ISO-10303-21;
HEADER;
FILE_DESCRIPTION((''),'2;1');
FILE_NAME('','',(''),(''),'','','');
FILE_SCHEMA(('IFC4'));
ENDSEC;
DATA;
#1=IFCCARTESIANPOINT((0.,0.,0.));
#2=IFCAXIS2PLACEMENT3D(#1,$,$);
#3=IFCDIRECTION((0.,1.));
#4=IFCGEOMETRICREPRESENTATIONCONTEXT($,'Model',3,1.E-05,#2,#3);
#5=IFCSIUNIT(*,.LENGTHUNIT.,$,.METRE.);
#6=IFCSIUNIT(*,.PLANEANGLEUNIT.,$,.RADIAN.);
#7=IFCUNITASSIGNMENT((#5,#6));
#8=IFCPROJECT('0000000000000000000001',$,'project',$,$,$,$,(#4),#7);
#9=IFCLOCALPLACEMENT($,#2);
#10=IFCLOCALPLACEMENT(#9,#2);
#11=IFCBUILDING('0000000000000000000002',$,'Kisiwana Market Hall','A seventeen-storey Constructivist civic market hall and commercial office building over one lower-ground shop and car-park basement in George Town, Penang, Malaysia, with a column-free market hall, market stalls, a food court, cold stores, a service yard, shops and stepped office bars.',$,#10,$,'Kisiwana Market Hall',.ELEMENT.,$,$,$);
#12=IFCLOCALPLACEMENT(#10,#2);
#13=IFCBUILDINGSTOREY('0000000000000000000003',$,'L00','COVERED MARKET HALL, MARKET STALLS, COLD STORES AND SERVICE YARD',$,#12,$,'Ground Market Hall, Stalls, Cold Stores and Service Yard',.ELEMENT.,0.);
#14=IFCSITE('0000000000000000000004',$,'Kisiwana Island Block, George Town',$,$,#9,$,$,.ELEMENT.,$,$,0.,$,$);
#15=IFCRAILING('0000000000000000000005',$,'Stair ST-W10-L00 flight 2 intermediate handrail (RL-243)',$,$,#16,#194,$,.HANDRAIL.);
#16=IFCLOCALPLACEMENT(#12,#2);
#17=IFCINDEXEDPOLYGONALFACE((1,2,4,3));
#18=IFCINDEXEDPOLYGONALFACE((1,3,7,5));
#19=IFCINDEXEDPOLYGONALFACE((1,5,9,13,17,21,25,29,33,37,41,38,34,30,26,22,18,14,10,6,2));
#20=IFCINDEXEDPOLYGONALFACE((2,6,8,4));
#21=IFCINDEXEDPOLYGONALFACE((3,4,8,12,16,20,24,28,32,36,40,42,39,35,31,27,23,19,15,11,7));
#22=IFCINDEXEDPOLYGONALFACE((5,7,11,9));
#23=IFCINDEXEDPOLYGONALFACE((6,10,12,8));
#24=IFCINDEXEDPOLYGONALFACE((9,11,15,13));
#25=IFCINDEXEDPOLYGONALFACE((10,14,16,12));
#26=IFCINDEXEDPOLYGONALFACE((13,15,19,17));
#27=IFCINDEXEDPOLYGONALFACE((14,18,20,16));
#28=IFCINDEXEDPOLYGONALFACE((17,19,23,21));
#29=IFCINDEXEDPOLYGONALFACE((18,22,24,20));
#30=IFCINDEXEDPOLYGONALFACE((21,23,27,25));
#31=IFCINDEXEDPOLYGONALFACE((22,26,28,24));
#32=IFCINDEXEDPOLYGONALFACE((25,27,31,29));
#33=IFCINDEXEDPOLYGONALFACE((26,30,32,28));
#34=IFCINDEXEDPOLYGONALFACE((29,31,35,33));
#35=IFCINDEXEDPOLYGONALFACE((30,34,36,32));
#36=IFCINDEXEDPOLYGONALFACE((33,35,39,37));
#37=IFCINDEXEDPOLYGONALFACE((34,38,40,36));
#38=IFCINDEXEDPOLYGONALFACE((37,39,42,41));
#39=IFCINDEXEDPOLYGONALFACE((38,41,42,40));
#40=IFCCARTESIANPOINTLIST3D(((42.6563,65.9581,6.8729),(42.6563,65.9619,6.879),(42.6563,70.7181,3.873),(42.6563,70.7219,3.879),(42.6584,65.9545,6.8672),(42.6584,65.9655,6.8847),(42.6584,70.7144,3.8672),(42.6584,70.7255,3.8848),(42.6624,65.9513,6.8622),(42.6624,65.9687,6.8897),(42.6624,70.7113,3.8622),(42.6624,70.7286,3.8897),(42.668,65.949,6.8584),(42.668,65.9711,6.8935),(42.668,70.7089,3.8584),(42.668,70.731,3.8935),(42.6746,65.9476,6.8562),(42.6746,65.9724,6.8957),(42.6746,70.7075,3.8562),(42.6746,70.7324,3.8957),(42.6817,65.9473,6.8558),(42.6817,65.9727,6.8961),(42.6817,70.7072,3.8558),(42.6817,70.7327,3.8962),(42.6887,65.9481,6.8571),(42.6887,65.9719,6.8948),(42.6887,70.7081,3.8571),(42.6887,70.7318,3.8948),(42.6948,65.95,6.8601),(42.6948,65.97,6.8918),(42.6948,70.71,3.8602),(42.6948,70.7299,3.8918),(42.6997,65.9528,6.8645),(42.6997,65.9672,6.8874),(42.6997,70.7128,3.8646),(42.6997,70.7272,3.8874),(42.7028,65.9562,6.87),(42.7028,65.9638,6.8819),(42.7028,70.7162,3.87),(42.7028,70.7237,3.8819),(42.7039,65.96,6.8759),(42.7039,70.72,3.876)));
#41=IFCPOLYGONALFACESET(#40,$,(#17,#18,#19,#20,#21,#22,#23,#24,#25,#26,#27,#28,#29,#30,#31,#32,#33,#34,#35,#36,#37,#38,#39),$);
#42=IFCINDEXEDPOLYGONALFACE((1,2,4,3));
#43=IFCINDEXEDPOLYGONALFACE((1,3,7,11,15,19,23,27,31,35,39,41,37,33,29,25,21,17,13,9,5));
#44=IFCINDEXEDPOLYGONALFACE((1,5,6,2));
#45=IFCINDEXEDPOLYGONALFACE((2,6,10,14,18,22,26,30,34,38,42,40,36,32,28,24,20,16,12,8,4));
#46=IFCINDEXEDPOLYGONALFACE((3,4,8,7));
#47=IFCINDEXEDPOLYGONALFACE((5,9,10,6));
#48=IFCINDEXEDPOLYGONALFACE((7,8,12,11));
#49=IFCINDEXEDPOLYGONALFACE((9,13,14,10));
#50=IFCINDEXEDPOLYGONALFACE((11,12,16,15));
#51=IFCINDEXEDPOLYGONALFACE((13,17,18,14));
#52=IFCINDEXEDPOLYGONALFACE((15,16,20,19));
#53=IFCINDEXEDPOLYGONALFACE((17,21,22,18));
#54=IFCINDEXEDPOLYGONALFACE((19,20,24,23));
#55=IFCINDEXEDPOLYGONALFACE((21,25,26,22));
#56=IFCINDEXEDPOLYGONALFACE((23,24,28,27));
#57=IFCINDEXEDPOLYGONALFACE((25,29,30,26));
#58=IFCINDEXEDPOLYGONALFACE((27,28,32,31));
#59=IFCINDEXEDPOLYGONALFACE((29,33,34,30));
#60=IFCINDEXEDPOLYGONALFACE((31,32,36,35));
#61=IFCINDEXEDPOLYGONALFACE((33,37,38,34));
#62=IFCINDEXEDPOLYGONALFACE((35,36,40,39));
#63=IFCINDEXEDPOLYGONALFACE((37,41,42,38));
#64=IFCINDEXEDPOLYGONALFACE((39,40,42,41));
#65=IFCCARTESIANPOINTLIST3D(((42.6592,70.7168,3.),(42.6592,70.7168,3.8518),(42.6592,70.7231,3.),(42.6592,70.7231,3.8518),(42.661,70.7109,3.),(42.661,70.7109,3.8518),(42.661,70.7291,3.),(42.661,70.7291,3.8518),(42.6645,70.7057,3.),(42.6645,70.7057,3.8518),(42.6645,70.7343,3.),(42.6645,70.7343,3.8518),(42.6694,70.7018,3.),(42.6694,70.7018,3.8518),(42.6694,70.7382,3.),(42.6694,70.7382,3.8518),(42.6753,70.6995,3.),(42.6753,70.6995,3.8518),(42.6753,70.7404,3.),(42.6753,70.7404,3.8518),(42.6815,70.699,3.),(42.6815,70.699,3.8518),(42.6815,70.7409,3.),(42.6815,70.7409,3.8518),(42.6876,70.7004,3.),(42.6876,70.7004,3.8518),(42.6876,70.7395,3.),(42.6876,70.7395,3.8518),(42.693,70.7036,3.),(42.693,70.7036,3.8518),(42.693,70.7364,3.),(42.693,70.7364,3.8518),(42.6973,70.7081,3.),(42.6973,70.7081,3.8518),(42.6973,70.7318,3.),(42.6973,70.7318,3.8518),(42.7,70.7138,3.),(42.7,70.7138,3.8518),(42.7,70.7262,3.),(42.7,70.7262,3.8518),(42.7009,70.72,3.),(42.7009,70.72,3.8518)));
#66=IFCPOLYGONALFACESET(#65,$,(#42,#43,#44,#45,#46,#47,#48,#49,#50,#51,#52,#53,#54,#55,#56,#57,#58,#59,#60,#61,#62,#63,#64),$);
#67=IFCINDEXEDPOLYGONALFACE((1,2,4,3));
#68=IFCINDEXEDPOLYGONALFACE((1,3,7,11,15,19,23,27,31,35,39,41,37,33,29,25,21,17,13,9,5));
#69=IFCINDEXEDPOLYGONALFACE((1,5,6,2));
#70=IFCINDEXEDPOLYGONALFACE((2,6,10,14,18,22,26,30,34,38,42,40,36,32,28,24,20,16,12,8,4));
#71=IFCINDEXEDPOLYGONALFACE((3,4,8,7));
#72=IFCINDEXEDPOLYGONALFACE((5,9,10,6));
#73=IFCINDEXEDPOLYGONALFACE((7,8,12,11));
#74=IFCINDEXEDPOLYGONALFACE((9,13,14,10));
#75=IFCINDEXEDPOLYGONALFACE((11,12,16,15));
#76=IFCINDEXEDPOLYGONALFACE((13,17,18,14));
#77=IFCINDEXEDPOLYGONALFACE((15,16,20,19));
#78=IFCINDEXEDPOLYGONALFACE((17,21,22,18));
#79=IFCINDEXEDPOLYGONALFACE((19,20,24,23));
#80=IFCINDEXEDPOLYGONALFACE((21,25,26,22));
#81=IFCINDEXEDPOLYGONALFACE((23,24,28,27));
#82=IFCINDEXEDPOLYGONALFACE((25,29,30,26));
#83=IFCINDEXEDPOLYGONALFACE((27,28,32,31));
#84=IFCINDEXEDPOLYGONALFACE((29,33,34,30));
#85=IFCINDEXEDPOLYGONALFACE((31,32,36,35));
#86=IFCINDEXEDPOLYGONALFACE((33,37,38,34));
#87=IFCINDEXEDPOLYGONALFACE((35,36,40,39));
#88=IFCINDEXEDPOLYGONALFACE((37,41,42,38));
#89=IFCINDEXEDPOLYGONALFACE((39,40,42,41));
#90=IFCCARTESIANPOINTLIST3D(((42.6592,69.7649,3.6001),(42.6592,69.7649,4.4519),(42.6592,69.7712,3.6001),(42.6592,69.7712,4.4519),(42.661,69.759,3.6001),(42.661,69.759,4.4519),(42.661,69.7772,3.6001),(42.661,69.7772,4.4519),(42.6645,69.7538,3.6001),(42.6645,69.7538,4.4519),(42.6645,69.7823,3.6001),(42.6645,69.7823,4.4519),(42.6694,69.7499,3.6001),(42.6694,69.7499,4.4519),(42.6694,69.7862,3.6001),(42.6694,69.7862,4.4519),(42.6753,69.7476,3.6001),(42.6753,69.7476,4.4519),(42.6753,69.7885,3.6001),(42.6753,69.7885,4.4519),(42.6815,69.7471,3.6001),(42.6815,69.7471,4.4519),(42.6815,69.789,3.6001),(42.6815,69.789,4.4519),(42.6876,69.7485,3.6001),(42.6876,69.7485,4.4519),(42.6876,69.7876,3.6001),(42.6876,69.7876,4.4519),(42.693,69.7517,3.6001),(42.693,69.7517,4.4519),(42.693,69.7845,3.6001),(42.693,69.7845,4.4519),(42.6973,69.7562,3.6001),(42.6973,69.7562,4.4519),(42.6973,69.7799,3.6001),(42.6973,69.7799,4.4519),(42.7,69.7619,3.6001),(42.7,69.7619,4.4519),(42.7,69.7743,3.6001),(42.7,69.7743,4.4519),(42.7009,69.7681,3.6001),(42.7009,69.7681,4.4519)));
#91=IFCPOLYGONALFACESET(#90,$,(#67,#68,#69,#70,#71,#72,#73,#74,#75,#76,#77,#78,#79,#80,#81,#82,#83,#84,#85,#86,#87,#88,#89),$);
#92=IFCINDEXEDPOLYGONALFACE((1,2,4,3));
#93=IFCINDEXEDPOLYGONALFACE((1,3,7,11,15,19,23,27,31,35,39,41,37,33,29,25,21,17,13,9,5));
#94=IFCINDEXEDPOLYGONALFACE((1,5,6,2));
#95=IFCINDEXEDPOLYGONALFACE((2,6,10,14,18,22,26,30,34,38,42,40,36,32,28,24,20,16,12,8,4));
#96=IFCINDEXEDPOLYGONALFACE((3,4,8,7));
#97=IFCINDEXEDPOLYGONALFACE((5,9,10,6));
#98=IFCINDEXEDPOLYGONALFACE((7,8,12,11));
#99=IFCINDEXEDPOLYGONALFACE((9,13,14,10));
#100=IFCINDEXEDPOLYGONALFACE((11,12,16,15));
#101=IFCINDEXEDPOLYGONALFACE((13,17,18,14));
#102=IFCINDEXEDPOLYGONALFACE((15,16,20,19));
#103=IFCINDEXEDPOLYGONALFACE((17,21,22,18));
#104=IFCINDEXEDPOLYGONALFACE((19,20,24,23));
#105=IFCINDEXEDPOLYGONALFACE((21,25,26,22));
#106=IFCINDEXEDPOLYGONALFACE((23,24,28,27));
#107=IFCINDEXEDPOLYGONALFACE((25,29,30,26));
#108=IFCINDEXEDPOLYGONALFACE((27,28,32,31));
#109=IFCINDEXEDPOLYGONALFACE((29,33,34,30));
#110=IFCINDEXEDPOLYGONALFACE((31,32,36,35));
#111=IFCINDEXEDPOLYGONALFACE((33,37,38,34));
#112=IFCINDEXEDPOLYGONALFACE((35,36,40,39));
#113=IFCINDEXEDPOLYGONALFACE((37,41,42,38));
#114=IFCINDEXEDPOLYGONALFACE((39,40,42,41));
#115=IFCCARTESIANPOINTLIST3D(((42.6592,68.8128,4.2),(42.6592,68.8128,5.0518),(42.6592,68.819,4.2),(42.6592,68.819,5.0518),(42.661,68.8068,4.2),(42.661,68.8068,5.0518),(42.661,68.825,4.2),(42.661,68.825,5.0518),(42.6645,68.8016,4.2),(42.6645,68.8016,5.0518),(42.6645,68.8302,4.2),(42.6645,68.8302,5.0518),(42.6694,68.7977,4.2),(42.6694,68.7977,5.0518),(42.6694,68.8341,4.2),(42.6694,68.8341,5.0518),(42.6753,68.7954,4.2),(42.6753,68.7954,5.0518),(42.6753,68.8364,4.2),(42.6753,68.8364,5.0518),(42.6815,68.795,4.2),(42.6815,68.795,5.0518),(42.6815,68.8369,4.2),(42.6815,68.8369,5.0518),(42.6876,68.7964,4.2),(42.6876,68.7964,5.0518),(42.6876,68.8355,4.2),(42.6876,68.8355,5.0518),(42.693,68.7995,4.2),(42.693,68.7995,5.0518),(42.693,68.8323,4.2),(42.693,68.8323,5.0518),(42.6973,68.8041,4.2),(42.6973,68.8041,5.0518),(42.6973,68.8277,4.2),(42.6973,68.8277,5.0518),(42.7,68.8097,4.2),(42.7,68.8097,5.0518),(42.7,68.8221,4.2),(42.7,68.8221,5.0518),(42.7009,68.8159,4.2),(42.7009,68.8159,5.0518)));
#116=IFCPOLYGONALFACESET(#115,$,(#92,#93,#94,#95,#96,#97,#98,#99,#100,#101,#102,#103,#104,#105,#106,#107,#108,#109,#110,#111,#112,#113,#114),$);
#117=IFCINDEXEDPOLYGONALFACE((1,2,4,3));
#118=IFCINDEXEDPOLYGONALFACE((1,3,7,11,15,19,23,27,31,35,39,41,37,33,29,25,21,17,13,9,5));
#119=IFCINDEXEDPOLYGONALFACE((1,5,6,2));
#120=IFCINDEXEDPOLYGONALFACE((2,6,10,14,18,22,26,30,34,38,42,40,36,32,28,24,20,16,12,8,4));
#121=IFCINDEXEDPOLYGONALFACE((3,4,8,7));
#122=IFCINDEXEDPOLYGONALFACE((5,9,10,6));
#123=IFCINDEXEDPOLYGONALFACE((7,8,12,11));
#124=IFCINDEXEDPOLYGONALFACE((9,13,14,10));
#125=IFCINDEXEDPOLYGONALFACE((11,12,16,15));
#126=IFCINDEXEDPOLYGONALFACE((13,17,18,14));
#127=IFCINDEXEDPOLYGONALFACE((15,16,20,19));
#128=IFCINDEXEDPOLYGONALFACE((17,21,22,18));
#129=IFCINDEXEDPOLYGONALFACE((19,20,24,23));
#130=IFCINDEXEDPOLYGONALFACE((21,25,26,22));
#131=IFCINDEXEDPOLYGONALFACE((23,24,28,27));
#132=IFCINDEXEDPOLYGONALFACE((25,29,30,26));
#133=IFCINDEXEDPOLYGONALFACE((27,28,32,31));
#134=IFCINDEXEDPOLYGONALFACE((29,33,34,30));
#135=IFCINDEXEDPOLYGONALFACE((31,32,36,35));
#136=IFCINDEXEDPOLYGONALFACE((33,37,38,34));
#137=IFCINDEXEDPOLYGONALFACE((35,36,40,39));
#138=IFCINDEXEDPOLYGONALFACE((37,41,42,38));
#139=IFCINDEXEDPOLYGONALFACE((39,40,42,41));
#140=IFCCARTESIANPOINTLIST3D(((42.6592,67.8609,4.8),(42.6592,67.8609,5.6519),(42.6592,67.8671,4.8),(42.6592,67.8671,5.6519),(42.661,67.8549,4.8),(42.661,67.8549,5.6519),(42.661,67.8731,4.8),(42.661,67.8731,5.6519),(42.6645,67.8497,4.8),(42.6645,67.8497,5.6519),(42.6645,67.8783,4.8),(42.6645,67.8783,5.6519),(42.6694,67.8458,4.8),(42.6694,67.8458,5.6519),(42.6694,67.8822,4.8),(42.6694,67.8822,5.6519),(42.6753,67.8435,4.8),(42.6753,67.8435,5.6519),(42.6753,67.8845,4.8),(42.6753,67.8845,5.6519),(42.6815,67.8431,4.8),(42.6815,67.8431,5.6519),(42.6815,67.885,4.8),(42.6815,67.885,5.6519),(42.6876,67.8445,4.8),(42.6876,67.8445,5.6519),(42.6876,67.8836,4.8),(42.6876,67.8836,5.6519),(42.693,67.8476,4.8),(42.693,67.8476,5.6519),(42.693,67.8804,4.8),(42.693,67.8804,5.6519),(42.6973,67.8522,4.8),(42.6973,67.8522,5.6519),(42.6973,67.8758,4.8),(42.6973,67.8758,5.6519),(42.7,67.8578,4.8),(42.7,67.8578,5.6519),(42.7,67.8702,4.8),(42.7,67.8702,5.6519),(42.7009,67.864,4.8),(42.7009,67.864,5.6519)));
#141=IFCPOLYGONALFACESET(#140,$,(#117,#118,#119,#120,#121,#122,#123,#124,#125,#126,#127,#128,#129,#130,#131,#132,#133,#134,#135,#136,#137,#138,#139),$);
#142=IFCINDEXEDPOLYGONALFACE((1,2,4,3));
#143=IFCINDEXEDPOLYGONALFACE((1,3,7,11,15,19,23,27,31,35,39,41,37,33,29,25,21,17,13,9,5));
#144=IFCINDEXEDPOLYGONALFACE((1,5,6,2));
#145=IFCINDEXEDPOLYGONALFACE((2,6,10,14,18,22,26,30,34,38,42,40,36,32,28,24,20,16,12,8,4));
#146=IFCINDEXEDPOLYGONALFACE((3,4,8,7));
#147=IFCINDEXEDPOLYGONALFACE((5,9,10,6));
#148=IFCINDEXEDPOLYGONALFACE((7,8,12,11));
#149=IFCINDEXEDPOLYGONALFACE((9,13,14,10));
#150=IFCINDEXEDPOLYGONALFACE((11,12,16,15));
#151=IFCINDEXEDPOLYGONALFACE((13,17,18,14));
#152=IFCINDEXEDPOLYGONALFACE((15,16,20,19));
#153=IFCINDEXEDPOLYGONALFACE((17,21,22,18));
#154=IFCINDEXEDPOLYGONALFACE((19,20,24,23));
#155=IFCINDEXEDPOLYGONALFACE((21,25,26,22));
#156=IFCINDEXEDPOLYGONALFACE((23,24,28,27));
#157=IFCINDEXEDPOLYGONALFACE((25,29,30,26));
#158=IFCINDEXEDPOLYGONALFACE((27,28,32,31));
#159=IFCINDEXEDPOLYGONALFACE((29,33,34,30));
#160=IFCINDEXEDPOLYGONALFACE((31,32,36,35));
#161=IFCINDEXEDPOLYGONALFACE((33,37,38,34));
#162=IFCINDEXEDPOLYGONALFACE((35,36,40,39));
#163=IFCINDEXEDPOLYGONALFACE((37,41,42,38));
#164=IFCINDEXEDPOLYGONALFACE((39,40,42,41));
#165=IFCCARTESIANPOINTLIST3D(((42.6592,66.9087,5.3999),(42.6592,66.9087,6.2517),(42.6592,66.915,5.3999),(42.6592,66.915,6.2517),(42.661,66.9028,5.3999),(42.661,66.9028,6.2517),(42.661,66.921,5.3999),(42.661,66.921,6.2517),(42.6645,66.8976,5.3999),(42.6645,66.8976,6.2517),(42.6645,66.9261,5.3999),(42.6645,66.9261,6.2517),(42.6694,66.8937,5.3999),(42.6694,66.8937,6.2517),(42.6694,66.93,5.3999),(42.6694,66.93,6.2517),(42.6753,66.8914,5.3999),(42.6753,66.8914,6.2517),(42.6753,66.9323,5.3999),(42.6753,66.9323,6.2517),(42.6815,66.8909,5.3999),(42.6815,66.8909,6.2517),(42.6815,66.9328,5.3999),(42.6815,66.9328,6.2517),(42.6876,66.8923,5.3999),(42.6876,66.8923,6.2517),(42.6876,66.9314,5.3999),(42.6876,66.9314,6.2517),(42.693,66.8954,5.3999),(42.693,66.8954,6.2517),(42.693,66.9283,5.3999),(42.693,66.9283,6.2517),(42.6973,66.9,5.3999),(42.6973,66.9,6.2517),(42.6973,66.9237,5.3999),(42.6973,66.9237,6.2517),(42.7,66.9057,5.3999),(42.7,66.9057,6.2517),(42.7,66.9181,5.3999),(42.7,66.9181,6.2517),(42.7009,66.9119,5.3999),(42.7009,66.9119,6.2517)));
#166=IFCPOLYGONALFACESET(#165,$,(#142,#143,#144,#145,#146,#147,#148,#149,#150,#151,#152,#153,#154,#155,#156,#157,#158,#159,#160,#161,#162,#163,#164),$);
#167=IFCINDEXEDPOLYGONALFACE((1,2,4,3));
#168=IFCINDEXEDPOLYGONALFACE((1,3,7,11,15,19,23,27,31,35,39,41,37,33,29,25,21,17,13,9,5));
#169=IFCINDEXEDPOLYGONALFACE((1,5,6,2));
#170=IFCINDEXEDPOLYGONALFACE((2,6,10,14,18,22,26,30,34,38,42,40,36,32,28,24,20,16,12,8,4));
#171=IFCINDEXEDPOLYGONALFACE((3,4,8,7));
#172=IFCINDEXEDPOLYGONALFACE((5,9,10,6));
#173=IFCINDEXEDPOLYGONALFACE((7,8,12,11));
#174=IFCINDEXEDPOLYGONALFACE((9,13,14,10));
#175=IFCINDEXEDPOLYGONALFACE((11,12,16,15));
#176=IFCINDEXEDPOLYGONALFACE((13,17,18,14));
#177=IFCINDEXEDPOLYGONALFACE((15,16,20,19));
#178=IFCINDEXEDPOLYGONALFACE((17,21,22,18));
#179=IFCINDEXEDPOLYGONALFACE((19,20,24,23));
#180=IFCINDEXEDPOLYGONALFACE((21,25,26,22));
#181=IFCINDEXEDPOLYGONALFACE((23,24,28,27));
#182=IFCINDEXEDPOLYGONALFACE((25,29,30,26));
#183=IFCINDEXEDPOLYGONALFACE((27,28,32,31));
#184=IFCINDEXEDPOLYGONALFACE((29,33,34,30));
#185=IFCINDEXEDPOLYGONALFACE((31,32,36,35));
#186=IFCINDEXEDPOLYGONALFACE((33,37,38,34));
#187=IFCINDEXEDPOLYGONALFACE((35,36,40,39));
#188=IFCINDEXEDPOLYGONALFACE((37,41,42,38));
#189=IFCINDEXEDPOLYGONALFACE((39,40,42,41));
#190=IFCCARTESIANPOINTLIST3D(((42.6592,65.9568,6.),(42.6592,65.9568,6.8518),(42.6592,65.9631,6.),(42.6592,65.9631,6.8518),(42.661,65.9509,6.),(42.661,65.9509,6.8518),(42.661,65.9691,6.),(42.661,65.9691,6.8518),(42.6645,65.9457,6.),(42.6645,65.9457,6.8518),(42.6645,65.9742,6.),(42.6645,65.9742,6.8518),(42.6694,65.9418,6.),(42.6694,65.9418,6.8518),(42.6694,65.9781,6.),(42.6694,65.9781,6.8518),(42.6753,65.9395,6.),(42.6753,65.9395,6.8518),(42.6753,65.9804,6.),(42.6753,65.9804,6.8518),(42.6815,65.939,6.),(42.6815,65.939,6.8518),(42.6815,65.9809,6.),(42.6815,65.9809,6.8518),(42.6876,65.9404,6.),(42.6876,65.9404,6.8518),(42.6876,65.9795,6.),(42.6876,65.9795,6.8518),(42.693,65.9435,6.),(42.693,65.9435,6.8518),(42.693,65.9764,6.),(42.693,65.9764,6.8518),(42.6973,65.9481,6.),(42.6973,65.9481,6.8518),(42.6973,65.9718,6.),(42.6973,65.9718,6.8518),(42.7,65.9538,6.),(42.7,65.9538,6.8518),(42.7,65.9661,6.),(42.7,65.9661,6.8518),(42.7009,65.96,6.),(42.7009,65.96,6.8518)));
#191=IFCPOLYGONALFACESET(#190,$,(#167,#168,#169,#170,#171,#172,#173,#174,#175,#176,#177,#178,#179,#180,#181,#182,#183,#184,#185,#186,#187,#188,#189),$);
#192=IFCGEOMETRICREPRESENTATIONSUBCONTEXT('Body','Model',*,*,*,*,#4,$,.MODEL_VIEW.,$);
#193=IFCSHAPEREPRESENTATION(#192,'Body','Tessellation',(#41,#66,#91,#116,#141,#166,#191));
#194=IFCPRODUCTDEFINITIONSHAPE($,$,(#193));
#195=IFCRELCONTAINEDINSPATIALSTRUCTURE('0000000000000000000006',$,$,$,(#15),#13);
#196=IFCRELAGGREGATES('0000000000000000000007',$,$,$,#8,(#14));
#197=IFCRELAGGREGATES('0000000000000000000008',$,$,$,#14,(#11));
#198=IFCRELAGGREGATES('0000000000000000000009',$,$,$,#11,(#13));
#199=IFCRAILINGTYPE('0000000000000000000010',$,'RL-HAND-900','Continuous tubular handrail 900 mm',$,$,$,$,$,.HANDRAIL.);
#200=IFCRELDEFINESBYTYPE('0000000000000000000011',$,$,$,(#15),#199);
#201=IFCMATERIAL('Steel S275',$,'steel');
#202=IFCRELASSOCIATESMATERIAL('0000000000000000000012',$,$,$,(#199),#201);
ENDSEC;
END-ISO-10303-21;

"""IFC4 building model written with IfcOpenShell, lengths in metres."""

from ifc_helpers import new_model, si_unit, direction, frame, origin, origin_2d, place, context, subcontext, project, spatial, circle, extrude, material, type_object, element, save


model = new_model("IFC4")

# Units and contexts
model_context = context("Model", 3, precision=1e-05, world=origin(), true_north=direction((0.0, 1.0)))
body_context = subcontext(model_context, "Body", "Model", "MODEL_VIEW")
ifc_project = project(units=[si_unit("LENGTHUNIT", "METRE"), si_unit("PLANEANGLEUNIT", "RADIAN")], contexts=[model_context])

# Site, building, storey
site_placement = place(None, origin())
site = spatial("IfcSite", under=ifc_project, at=site_placement, Name="Kisiwana Island Block, George Town", CompositionType="ELEMENT", RefElevation=0.0)
building_placement = place(site_placement, origin())
building = spatial("IfcBuilding", under=site, at=building_placement, Name="Kisiwana Market Hall", Description="A seventeen-storey Constructivist civic market hall and commercial office building over one lower-ground shop and car-park basement in George Town, Penang, Malaysia, with a column-free market hall, market stalls, a food court, cold stores, a service yard, shops and stepped office bars.", LongName="Kisiwana Market Hall", CompositionType="ELEMENT")
storey_placement = place(building_placement, origin())
storey = spatial("IfcBuildingStorey", under=building, at=storey_placement, Name="L00", Description="COVERED MARKET HALL, MARKET STALLS, COLD STORES AND SERVICE YARD", LongName="Ground Market Hall, Stalls, Cold Stores and Service Yard", CompositionType="ELEMENT", Elevation=0.0)

# Railing
ifc_material_1 = material(Name="Steel S275", Category="steel")
railing_type = type_object("IfcRailingType", Name="RL-HAND-900", Description="Continuous tubular handrail 900 mm", PredefinedType="HANDRAIL", material=ifc_material_1)
for number, where, name in (
    (1, (42.6799, 70.72, 3.0), "Stair ST-W10-L00 flight 2 intermediate handrail (RL-243)"),
):
    element("IfcRailing", number, at=place(storey_placement, frame(where)), inside=storey, type_object=railing_type, Name=name, PredefinedType="HANDRAIL", context=body_context, shape_type="SweptSolid", body=[
        extrude(circle(Radius=0.0239, at=origin_2d()), frame((0.0, 0.0, 0.876), z_axis=(0.0, -0.845996, 0.53319), x_axis=(1.0, 0.0, 0.0)), (0.0, 0.0, 1.0), 5.6265),
        extrude(circle(Radius=0.021, at=origin_2d()), origin(), (0.0, 0.0, 1.0), 0.8518),
        extrude(circle(Radius=0.021, at=origin_2d()), frame((0.0, -0.9519, 0.6001)), (0.0, 0.0, 1.0), 0.8518),
        extrude(circle(Radius=0.021, at=origin_2d()), frame((0.0, -1.9041, 1.2)), (0.0, 0.0, 1.0), 0.8518),
        extrude(circle(Radius=0.021, at=origin_2d()), frame((0.0, -2.856, 1.8)), (0.0, 0.0, 1.0), 0.8518),
        extrude(circle(Radius=0.021, at=origin_2d()), frame((0.0, -3.8081, 2.3999)), (0.0, 0.0, 1.0), 0.8518),
        extrude(circle(Radius=0.021, at=origin_2d()), frame((0.0, -4.76, 3.0)), (0.0, 0.0, 1.0), 0.8518),
    ])

save(model, "model.ifc")
